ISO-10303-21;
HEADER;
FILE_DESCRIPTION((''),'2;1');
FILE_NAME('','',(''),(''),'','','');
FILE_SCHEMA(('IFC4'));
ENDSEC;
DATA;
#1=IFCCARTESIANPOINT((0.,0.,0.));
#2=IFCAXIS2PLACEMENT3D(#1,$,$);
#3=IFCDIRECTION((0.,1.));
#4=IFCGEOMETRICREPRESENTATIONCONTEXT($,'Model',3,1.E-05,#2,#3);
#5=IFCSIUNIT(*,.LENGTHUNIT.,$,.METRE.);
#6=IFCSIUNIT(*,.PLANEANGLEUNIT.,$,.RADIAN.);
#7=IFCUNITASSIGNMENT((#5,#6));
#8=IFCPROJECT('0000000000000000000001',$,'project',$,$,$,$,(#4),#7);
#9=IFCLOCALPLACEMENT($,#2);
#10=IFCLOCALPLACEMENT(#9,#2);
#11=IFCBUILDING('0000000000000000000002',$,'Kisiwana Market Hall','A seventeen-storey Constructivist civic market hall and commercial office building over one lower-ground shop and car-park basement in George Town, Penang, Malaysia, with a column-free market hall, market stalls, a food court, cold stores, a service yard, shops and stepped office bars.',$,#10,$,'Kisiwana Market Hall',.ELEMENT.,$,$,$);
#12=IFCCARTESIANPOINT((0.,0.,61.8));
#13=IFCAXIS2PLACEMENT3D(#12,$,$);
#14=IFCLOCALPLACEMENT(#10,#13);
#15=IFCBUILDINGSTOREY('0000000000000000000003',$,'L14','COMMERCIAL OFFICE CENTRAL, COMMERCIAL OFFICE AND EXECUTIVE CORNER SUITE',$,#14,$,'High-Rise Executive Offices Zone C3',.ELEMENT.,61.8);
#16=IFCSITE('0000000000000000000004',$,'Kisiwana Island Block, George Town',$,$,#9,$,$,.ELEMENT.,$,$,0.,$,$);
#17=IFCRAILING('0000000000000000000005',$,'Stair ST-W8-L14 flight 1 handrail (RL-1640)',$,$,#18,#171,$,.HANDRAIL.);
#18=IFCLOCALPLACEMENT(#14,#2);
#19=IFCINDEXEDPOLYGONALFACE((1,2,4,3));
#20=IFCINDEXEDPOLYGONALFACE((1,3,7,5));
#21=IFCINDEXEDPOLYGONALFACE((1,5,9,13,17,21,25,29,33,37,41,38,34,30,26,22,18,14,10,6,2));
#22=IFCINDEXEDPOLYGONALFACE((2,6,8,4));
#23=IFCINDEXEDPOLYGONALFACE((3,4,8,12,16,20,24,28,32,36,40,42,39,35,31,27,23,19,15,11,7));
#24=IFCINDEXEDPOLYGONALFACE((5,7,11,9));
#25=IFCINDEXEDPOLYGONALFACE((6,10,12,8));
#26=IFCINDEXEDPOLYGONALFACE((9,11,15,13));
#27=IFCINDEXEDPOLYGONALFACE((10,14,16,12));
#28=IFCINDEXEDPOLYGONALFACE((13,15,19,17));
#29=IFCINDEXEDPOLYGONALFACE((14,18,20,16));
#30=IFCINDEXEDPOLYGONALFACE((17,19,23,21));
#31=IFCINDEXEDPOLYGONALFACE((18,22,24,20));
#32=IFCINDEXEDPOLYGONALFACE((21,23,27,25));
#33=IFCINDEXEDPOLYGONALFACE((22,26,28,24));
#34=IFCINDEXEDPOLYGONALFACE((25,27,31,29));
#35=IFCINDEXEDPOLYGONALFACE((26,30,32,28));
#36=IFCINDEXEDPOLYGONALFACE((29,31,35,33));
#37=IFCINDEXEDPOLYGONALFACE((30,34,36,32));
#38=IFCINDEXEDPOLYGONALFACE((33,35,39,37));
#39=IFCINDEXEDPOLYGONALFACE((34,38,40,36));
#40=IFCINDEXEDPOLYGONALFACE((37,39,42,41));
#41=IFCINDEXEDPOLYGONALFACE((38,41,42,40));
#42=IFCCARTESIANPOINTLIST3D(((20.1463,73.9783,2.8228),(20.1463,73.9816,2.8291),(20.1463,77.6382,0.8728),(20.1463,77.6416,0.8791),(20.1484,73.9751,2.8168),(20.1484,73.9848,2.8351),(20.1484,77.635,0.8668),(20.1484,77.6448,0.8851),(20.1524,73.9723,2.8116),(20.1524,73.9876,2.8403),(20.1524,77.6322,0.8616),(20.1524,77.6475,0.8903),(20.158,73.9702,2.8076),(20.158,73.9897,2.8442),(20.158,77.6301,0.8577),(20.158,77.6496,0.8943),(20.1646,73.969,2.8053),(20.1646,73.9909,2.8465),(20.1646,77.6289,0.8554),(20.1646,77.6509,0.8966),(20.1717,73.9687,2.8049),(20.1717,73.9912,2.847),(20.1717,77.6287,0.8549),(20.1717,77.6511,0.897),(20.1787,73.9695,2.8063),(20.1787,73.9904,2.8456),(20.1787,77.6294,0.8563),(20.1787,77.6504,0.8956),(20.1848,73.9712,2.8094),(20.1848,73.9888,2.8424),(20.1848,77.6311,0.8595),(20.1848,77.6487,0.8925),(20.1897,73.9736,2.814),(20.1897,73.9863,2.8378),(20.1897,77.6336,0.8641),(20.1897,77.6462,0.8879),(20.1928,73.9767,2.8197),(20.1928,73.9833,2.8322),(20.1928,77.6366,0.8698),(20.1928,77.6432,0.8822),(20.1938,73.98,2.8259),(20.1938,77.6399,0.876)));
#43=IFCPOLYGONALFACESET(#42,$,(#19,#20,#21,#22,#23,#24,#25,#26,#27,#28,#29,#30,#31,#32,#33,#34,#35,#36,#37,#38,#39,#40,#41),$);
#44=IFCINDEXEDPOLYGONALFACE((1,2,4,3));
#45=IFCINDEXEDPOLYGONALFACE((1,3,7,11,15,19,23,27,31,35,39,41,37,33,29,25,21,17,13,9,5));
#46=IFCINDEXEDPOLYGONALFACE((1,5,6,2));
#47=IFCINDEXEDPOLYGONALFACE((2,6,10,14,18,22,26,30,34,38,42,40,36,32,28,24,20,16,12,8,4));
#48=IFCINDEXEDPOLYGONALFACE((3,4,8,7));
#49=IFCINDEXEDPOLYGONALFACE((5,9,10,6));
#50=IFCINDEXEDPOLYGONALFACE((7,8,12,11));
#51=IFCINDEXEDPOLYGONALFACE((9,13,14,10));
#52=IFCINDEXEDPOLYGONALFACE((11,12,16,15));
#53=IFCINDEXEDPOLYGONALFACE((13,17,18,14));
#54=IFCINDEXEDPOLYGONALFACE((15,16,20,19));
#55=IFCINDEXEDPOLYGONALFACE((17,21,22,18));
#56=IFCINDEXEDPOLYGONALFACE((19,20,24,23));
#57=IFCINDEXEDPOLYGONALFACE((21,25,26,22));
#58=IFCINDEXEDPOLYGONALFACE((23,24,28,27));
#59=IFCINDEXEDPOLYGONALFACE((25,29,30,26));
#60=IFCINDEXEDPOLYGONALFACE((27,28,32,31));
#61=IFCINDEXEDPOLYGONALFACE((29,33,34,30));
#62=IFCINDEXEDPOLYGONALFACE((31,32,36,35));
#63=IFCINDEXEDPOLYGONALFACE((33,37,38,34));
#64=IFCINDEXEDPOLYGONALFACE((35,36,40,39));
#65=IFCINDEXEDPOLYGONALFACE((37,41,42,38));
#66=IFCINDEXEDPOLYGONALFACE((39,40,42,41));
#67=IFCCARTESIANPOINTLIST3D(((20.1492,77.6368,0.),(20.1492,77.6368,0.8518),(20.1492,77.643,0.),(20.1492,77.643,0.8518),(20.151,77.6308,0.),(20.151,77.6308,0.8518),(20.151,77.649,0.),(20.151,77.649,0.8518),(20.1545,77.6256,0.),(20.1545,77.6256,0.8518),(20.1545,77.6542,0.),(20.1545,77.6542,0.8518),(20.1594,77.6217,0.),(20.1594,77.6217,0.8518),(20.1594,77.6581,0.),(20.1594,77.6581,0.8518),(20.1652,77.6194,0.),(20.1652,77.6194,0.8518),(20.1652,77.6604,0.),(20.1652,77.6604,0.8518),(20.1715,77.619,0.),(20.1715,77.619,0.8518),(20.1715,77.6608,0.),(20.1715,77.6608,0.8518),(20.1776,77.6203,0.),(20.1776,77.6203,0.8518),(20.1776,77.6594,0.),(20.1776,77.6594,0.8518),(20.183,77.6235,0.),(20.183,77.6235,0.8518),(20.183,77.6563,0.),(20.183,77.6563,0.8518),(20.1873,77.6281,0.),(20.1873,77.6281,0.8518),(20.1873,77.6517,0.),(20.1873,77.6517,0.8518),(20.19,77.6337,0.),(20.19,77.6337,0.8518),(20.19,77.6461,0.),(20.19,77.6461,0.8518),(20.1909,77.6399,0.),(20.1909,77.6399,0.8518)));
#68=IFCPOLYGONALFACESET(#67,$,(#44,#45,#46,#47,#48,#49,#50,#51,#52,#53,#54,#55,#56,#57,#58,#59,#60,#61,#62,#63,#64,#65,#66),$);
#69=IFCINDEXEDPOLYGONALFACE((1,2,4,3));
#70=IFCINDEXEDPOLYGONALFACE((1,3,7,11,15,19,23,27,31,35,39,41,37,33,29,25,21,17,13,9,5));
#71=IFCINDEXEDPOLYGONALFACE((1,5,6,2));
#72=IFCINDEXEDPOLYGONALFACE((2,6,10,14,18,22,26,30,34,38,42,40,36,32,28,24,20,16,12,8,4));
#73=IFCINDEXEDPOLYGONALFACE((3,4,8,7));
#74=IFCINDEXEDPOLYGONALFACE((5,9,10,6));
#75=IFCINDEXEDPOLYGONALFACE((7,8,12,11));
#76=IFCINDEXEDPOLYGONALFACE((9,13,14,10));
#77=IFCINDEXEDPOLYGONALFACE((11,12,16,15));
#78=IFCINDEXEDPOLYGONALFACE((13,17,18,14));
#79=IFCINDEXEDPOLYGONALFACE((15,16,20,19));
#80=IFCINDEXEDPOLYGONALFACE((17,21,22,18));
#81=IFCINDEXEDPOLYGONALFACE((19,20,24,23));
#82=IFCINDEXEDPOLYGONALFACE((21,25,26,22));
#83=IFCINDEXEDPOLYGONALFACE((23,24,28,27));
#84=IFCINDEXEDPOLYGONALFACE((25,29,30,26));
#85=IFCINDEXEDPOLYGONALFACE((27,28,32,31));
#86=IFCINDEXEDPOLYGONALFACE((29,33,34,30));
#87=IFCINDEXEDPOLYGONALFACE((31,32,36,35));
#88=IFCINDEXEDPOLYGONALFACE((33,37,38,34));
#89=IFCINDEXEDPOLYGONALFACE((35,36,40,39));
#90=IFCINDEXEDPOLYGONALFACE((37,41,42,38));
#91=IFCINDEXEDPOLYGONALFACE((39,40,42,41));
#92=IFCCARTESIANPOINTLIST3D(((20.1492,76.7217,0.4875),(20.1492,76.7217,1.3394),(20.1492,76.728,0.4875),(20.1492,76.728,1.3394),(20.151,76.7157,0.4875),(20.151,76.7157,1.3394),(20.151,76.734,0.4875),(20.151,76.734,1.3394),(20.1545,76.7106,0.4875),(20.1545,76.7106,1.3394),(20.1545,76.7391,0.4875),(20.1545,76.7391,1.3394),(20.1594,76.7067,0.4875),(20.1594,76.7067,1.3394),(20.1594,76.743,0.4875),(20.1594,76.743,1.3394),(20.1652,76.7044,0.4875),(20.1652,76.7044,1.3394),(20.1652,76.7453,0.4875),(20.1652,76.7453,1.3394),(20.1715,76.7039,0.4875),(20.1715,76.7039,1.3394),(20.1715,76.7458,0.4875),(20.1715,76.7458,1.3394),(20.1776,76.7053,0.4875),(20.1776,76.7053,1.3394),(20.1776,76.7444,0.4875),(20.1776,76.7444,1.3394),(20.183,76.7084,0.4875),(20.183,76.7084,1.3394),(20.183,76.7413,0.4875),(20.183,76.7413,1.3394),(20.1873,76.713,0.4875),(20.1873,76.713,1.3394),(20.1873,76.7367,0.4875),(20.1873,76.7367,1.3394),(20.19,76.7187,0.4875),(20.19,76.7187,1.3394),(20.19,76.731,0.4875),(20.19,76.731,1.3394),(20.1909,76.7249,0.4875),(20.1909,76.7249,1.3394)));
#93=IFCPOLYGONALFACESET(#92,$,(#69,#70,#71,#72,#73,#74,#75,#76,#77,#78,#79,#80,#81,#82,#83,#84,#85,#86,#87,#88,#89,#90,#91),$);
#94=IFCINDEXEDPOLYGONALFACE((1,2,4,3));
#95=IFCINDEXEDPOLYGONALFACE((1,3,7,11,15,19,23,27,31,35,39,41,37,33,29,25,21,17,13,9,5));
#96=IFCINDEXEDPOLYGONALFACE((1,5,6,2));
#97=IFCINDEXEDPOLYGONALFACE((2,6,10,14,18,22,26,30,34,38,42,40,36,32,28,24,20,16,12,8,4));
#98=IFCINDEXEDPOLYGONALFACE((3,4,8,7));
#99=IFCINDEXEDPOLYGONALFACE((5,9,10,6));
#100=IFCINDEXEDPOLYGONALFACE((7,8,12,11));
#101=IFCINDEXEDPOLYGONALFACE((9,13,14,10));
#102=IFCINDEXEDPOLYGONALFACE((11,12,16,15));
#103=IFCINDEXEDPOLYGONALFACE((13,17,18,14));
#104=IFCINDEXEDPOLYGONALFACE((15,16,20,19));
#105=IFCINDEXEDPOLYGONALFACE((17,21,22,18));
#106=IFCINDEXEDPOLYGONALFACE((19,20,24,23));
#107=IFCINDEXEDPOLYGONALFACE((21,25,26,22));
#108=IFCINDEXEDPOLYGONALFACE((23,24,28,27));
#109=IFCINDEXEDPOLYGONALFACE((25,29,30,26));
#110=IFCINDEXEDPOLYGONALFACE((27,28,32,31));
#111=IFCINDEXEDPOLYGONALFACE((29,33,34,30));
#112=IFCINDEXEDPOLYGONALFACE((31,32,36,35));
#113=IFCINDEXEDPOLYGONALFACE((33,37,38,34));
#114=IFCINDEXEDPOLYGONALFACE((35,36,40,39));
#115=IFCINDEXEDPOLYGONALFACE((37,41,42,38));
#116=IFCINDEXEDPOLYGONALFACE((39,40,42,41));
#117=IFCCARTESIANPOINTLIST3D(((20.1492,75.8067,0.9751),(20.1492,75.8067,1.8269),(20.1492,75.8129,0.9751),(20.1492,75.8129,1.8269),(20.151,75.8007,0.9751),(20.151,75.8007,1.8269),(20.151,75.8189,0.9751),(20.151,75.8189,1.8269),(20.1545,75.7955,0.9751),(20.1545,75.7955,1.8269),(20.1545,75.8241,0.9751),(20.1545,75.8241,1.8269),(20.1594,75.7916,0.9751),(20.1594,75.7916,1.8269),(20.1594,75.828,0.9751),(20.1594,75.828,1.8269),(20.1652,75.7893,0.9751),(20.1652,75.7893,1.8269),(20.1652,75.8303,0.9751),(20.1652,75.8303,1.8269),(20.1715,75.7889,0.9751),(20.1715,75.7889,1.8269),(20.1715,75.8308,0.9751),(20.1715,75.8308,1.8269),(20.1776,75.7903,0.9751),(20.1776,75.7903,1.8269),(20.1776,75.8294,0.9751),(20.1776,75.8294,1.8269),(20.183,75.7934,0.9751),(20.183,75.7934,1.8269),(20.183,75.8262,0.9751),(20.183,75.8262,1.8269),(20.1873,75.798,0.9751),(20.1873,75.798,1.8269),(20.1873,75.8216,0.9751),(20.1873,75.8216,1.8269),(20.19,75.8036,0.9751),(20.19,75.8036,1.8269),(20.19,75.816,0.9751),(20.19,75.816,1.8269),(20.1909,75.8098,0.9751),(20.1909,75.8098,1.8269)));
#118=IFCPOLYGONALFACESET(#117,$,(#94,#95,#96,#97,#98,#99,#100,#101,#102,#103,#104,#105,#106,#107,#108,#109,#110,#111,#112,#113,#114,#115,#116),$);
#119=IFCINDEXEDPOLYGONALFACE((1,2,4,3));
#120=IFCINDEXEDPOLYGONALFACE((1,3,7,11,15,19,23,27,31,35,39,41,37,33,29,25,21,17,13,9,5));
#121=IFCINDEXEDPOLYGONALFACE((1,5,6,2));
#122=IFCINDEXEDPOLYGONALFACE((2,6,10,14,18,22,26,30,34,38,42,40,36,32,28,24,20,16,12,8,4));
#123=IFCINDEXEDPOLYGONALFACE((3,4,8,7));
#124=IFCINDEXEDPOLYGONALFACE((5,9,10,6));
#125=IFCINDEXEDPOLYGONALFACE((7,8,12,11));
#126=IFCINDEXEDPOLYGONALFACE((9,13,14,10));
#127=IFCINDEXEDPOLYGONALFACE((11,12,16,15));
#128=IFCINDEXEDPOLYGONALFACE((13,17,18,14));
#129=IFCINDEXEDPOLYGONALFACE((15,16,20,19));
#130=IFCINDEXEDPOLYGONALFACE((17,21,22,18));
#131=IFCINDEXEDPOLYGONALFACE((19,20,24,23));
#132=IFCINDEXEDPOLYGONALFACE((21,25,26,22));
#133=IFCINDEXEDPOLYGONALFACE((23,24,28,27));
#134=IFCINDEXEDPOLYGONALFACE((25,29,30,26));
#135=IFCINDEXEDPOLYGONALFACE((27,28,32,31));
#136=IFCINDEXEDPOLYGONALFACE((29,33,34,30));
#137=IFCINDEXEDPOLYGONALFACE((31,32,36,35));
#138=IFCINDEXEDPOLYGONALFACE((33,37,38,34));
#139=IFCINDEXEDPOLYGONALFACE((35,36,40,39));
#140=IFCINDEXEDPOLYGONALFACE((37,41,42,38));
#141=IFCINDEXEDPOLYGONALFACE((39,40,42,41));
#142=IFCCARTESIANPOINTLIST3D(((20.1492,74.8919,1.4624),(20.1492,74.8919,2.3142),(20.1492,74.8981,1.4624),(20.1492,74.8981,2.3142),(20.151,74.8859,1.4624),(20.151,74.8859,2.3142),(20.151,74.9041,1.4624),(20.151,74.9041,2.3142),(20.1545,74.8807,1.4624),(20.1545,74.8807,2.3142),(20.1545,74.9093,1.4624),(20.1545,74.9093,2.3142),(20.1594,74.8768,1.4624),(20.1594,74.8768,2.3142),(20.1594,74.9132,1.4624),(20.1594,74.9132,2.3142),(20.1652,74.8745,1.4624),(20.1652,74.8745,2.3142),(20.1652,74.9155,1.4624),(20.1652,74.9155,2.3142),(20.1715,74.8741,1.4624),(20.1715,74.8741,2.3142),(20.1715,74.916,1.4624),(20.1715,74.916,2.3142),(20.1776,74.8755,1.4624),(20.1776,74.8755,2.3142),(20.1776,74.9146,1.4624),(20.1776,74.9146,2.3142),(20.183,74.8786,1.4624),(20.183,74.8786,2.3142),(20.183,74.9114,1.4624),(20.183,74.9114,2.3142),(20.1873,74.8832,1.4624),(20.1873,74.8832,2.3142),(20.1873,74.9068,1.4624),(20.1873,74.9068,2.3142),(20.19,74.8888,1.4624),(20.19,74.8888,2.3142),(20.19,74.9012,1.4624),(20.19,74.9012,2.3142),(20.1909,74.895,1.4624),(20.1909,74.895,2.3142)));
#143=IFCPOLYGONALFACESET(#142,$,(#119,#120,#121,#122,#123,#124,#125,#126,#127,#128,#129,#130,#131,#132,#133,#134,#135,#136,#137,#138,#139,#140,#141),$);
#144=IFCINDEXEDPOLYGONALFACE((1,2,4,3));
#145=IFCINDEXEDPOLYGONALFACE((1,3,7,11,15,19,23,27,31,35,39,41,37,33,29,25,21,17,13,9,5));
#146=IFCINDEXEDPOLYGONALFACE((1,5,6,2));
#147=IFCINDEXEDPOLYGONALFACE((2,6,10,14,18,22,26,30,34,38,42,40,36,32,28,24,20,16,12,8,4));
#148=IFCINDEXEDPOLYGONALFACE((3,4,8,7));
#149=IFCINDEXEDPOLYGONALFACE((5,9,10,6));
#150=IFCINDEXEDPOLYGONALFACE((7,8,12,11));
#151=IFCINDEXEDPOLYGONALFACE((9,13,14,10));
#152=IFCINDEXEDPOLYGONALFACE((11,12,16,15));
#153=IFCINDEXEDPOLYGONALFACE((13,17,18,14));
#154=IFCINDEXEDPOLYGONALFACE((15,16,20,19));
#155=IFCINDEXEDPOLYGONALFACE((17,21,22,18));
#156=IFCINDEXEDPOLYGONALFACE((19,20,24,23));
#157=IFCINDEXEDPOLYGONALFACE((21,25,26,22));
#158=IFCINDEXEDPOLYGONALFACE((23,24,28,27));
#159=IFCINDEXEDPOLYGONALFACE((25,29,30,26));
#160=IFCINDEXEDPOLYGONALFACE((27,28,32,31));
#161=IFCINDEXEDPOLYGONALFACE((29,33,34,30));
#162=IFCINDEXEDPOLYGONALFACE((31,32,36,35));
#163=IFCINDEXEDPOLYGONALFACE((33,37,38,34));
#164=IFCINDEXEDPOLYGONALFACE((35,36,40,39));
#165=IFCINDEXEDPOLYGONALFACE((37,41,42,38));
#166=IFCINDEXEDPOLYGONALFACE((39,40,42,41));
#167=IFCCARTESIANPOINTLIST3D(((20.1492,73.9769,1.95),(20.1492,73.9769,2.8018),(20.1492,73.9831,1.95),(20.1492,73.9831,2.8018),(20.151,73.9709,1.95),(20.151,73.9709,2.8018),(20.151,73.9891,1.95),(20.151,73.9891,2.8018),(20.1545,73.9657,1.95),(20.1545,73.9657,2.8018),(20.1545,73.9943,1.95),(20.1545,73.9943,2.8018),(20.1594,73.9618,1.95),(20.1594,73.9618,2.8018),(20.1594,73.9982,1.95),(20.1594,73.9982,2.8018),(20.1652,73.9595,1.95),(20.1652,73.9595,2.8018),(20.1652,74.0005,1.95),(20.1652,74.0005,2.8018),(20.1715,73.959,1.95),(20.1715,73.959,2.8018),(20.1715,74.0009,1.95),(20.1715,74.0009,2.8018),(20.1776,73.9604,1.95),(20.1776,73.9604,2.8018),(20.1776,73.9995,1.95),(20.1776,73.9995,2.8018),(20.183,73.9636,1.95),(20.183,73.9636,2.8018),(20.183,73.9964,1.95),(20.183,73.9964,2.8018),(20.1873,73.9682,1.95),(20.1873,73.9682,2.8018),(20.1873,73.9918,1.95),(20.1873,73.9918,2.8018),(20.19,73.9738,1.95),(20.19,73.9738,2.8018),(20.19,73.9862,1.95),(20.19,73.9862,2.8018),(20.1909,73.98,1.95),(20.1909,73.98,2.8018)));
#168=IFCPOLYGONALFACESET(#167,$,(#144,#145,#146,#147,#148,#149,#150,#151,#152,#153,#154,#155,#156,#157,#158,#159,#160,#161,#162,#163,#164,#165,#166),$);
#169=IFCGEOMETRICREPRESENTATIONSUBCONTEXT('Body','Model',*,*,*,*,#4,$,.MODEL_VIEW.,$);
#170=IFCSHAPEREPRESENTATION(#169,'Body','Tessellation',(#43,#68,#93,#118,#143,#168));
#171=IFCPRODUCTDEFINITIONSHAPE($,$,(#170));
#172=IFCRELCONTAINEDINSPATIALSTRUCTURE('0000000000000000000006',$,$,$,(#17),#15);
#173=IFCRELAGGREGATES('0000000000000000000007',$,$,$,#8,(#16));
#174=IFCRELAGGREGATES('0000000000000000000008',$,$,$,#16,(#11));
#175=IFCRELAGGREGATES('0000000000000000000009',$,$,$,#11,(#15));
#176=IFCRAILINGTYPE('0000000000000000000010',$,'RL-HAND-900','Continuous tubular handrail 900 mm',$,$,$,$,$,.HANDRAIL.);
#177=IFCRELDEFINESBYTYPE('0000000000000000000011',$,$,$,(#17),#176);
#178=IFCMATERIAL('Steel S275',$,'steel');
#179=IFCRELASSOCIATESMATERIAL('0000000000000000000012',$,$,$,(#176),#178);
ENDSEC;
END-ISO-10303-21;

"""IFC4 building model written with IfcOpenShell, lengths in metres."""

from ifc_helpers import new_model, si_unit, direction, frame, origin, origin_2d, place, context, subcontext, project, spatial, circle, extrude, material, type_object, element, save


model = new_model("IFC4")

# Units and contexts
model_context = context("Model", 3, precision=1e-05, world=origin(), true_north=direction((0.0, 1.0)))
body_context = subcontext(model_context, "Body", "Model", "MODEL_VIEW")
ifc_project = project(units=[si_unit("LENGTHUNIT", "METRE"), si_unit("PLANEANGLEUNIT", "RADIAN")], contexts=[model_context])

# Site, building, storey
site_placement = place(None, origin())
site = spatial("IfcSite", under=ifc_project, at=site_placement, Name="Kisiwana Island Block, George Town", CompositionType="ELEMENT", RefElevation=0.0)
building_placement = place(site_placement, origin())
building = spatial("IfcBuilding", under=site, at=building_placement, Name="Kisiwana Market Hall", Description="A seventeen-storey Constructivist civic market hall and commercial office building over one lower-ground shop and car-park basement in George Town, Penang, Malaysia, with a column-free market hall, market stalls, a food court, cold stores, a service yard, shops and stepped office bars.", LongName="Kisiwana Market Hall", CompositionType="ELEMENT")
storey_placement = place(building_placement, frame((0.0, 0.0, 61.8)))
storey = spatial("IfcBuildingStorey", under=building, at=storey_placement, Name="L14", Description="COMMERCIAL OFFICE CENTRAL, COMMERCIAL OFFICE AND EXECUTIVE CORNER SUITE", LongName="High-Rise Executive Offices Zone C3", CompositionType="ELEMENT", Elevation=61.8)

# Railing
ifc_material_1 = material(Name="Steel S275", Category="steel")
railing_type_1 = type_object("IfcRailingType", Name="RL-HAND-900", Description="Continuous tubular handrail 900 mm", PredefinedType="HANDRAIL", material=ifc_material_1)
railing_1_placement = place(storey_placement, frame((20.1699, 77.6399, 0.0)))
element("IfcRailing", 1, at=railing_1_placement, inside=storey, type_object=railing_type_1, Name="Stair ST-W8-L14 flight 1 handrail (RL-1640)", PredefinedType="HANDRAIL", context=body_context, shape_type="SweptSolid", body=[
    extrude(circle(Radius=0.0239, at=origin_2d()), frame((0.0, 0.0, 0.876), z_axis=(0.0, -0.882553, 0.470212), x_axis=(1.0, 0.0, 0.0)), (0.0, 0.0, 1.0), 4.147),
    extrude(circle(Radius=0.021, at=origin_2d()), origin(), (0.0, 0.0, 1.0), 0.8518),
    extrude(circle(Radius=0.021, at=origin_2d()), frame((0.0, -0.915, 0.4875)), (0.0, 0.0, 1.0), 0.8518),
    extrude(circle(Radius=0.021, at=origin_2d()), frame((0.0, -1.8301, 0.9751)), (0.0, 0.0, 1.0), 0.8518),
    extrude(circle(Radius=0.021, at=origin_2d()), frame((0.0, -2.7449, 1.4624)), (0.0, 0.0, 1.0), 0.8518),
    extrude(circle(Radius=0.021, at=origin_2d()), frame((0.0, -3.6599, 1.95)), (0.0, 0.0, 1.0), 0.8518),
])

save(model, "model.ifc")
